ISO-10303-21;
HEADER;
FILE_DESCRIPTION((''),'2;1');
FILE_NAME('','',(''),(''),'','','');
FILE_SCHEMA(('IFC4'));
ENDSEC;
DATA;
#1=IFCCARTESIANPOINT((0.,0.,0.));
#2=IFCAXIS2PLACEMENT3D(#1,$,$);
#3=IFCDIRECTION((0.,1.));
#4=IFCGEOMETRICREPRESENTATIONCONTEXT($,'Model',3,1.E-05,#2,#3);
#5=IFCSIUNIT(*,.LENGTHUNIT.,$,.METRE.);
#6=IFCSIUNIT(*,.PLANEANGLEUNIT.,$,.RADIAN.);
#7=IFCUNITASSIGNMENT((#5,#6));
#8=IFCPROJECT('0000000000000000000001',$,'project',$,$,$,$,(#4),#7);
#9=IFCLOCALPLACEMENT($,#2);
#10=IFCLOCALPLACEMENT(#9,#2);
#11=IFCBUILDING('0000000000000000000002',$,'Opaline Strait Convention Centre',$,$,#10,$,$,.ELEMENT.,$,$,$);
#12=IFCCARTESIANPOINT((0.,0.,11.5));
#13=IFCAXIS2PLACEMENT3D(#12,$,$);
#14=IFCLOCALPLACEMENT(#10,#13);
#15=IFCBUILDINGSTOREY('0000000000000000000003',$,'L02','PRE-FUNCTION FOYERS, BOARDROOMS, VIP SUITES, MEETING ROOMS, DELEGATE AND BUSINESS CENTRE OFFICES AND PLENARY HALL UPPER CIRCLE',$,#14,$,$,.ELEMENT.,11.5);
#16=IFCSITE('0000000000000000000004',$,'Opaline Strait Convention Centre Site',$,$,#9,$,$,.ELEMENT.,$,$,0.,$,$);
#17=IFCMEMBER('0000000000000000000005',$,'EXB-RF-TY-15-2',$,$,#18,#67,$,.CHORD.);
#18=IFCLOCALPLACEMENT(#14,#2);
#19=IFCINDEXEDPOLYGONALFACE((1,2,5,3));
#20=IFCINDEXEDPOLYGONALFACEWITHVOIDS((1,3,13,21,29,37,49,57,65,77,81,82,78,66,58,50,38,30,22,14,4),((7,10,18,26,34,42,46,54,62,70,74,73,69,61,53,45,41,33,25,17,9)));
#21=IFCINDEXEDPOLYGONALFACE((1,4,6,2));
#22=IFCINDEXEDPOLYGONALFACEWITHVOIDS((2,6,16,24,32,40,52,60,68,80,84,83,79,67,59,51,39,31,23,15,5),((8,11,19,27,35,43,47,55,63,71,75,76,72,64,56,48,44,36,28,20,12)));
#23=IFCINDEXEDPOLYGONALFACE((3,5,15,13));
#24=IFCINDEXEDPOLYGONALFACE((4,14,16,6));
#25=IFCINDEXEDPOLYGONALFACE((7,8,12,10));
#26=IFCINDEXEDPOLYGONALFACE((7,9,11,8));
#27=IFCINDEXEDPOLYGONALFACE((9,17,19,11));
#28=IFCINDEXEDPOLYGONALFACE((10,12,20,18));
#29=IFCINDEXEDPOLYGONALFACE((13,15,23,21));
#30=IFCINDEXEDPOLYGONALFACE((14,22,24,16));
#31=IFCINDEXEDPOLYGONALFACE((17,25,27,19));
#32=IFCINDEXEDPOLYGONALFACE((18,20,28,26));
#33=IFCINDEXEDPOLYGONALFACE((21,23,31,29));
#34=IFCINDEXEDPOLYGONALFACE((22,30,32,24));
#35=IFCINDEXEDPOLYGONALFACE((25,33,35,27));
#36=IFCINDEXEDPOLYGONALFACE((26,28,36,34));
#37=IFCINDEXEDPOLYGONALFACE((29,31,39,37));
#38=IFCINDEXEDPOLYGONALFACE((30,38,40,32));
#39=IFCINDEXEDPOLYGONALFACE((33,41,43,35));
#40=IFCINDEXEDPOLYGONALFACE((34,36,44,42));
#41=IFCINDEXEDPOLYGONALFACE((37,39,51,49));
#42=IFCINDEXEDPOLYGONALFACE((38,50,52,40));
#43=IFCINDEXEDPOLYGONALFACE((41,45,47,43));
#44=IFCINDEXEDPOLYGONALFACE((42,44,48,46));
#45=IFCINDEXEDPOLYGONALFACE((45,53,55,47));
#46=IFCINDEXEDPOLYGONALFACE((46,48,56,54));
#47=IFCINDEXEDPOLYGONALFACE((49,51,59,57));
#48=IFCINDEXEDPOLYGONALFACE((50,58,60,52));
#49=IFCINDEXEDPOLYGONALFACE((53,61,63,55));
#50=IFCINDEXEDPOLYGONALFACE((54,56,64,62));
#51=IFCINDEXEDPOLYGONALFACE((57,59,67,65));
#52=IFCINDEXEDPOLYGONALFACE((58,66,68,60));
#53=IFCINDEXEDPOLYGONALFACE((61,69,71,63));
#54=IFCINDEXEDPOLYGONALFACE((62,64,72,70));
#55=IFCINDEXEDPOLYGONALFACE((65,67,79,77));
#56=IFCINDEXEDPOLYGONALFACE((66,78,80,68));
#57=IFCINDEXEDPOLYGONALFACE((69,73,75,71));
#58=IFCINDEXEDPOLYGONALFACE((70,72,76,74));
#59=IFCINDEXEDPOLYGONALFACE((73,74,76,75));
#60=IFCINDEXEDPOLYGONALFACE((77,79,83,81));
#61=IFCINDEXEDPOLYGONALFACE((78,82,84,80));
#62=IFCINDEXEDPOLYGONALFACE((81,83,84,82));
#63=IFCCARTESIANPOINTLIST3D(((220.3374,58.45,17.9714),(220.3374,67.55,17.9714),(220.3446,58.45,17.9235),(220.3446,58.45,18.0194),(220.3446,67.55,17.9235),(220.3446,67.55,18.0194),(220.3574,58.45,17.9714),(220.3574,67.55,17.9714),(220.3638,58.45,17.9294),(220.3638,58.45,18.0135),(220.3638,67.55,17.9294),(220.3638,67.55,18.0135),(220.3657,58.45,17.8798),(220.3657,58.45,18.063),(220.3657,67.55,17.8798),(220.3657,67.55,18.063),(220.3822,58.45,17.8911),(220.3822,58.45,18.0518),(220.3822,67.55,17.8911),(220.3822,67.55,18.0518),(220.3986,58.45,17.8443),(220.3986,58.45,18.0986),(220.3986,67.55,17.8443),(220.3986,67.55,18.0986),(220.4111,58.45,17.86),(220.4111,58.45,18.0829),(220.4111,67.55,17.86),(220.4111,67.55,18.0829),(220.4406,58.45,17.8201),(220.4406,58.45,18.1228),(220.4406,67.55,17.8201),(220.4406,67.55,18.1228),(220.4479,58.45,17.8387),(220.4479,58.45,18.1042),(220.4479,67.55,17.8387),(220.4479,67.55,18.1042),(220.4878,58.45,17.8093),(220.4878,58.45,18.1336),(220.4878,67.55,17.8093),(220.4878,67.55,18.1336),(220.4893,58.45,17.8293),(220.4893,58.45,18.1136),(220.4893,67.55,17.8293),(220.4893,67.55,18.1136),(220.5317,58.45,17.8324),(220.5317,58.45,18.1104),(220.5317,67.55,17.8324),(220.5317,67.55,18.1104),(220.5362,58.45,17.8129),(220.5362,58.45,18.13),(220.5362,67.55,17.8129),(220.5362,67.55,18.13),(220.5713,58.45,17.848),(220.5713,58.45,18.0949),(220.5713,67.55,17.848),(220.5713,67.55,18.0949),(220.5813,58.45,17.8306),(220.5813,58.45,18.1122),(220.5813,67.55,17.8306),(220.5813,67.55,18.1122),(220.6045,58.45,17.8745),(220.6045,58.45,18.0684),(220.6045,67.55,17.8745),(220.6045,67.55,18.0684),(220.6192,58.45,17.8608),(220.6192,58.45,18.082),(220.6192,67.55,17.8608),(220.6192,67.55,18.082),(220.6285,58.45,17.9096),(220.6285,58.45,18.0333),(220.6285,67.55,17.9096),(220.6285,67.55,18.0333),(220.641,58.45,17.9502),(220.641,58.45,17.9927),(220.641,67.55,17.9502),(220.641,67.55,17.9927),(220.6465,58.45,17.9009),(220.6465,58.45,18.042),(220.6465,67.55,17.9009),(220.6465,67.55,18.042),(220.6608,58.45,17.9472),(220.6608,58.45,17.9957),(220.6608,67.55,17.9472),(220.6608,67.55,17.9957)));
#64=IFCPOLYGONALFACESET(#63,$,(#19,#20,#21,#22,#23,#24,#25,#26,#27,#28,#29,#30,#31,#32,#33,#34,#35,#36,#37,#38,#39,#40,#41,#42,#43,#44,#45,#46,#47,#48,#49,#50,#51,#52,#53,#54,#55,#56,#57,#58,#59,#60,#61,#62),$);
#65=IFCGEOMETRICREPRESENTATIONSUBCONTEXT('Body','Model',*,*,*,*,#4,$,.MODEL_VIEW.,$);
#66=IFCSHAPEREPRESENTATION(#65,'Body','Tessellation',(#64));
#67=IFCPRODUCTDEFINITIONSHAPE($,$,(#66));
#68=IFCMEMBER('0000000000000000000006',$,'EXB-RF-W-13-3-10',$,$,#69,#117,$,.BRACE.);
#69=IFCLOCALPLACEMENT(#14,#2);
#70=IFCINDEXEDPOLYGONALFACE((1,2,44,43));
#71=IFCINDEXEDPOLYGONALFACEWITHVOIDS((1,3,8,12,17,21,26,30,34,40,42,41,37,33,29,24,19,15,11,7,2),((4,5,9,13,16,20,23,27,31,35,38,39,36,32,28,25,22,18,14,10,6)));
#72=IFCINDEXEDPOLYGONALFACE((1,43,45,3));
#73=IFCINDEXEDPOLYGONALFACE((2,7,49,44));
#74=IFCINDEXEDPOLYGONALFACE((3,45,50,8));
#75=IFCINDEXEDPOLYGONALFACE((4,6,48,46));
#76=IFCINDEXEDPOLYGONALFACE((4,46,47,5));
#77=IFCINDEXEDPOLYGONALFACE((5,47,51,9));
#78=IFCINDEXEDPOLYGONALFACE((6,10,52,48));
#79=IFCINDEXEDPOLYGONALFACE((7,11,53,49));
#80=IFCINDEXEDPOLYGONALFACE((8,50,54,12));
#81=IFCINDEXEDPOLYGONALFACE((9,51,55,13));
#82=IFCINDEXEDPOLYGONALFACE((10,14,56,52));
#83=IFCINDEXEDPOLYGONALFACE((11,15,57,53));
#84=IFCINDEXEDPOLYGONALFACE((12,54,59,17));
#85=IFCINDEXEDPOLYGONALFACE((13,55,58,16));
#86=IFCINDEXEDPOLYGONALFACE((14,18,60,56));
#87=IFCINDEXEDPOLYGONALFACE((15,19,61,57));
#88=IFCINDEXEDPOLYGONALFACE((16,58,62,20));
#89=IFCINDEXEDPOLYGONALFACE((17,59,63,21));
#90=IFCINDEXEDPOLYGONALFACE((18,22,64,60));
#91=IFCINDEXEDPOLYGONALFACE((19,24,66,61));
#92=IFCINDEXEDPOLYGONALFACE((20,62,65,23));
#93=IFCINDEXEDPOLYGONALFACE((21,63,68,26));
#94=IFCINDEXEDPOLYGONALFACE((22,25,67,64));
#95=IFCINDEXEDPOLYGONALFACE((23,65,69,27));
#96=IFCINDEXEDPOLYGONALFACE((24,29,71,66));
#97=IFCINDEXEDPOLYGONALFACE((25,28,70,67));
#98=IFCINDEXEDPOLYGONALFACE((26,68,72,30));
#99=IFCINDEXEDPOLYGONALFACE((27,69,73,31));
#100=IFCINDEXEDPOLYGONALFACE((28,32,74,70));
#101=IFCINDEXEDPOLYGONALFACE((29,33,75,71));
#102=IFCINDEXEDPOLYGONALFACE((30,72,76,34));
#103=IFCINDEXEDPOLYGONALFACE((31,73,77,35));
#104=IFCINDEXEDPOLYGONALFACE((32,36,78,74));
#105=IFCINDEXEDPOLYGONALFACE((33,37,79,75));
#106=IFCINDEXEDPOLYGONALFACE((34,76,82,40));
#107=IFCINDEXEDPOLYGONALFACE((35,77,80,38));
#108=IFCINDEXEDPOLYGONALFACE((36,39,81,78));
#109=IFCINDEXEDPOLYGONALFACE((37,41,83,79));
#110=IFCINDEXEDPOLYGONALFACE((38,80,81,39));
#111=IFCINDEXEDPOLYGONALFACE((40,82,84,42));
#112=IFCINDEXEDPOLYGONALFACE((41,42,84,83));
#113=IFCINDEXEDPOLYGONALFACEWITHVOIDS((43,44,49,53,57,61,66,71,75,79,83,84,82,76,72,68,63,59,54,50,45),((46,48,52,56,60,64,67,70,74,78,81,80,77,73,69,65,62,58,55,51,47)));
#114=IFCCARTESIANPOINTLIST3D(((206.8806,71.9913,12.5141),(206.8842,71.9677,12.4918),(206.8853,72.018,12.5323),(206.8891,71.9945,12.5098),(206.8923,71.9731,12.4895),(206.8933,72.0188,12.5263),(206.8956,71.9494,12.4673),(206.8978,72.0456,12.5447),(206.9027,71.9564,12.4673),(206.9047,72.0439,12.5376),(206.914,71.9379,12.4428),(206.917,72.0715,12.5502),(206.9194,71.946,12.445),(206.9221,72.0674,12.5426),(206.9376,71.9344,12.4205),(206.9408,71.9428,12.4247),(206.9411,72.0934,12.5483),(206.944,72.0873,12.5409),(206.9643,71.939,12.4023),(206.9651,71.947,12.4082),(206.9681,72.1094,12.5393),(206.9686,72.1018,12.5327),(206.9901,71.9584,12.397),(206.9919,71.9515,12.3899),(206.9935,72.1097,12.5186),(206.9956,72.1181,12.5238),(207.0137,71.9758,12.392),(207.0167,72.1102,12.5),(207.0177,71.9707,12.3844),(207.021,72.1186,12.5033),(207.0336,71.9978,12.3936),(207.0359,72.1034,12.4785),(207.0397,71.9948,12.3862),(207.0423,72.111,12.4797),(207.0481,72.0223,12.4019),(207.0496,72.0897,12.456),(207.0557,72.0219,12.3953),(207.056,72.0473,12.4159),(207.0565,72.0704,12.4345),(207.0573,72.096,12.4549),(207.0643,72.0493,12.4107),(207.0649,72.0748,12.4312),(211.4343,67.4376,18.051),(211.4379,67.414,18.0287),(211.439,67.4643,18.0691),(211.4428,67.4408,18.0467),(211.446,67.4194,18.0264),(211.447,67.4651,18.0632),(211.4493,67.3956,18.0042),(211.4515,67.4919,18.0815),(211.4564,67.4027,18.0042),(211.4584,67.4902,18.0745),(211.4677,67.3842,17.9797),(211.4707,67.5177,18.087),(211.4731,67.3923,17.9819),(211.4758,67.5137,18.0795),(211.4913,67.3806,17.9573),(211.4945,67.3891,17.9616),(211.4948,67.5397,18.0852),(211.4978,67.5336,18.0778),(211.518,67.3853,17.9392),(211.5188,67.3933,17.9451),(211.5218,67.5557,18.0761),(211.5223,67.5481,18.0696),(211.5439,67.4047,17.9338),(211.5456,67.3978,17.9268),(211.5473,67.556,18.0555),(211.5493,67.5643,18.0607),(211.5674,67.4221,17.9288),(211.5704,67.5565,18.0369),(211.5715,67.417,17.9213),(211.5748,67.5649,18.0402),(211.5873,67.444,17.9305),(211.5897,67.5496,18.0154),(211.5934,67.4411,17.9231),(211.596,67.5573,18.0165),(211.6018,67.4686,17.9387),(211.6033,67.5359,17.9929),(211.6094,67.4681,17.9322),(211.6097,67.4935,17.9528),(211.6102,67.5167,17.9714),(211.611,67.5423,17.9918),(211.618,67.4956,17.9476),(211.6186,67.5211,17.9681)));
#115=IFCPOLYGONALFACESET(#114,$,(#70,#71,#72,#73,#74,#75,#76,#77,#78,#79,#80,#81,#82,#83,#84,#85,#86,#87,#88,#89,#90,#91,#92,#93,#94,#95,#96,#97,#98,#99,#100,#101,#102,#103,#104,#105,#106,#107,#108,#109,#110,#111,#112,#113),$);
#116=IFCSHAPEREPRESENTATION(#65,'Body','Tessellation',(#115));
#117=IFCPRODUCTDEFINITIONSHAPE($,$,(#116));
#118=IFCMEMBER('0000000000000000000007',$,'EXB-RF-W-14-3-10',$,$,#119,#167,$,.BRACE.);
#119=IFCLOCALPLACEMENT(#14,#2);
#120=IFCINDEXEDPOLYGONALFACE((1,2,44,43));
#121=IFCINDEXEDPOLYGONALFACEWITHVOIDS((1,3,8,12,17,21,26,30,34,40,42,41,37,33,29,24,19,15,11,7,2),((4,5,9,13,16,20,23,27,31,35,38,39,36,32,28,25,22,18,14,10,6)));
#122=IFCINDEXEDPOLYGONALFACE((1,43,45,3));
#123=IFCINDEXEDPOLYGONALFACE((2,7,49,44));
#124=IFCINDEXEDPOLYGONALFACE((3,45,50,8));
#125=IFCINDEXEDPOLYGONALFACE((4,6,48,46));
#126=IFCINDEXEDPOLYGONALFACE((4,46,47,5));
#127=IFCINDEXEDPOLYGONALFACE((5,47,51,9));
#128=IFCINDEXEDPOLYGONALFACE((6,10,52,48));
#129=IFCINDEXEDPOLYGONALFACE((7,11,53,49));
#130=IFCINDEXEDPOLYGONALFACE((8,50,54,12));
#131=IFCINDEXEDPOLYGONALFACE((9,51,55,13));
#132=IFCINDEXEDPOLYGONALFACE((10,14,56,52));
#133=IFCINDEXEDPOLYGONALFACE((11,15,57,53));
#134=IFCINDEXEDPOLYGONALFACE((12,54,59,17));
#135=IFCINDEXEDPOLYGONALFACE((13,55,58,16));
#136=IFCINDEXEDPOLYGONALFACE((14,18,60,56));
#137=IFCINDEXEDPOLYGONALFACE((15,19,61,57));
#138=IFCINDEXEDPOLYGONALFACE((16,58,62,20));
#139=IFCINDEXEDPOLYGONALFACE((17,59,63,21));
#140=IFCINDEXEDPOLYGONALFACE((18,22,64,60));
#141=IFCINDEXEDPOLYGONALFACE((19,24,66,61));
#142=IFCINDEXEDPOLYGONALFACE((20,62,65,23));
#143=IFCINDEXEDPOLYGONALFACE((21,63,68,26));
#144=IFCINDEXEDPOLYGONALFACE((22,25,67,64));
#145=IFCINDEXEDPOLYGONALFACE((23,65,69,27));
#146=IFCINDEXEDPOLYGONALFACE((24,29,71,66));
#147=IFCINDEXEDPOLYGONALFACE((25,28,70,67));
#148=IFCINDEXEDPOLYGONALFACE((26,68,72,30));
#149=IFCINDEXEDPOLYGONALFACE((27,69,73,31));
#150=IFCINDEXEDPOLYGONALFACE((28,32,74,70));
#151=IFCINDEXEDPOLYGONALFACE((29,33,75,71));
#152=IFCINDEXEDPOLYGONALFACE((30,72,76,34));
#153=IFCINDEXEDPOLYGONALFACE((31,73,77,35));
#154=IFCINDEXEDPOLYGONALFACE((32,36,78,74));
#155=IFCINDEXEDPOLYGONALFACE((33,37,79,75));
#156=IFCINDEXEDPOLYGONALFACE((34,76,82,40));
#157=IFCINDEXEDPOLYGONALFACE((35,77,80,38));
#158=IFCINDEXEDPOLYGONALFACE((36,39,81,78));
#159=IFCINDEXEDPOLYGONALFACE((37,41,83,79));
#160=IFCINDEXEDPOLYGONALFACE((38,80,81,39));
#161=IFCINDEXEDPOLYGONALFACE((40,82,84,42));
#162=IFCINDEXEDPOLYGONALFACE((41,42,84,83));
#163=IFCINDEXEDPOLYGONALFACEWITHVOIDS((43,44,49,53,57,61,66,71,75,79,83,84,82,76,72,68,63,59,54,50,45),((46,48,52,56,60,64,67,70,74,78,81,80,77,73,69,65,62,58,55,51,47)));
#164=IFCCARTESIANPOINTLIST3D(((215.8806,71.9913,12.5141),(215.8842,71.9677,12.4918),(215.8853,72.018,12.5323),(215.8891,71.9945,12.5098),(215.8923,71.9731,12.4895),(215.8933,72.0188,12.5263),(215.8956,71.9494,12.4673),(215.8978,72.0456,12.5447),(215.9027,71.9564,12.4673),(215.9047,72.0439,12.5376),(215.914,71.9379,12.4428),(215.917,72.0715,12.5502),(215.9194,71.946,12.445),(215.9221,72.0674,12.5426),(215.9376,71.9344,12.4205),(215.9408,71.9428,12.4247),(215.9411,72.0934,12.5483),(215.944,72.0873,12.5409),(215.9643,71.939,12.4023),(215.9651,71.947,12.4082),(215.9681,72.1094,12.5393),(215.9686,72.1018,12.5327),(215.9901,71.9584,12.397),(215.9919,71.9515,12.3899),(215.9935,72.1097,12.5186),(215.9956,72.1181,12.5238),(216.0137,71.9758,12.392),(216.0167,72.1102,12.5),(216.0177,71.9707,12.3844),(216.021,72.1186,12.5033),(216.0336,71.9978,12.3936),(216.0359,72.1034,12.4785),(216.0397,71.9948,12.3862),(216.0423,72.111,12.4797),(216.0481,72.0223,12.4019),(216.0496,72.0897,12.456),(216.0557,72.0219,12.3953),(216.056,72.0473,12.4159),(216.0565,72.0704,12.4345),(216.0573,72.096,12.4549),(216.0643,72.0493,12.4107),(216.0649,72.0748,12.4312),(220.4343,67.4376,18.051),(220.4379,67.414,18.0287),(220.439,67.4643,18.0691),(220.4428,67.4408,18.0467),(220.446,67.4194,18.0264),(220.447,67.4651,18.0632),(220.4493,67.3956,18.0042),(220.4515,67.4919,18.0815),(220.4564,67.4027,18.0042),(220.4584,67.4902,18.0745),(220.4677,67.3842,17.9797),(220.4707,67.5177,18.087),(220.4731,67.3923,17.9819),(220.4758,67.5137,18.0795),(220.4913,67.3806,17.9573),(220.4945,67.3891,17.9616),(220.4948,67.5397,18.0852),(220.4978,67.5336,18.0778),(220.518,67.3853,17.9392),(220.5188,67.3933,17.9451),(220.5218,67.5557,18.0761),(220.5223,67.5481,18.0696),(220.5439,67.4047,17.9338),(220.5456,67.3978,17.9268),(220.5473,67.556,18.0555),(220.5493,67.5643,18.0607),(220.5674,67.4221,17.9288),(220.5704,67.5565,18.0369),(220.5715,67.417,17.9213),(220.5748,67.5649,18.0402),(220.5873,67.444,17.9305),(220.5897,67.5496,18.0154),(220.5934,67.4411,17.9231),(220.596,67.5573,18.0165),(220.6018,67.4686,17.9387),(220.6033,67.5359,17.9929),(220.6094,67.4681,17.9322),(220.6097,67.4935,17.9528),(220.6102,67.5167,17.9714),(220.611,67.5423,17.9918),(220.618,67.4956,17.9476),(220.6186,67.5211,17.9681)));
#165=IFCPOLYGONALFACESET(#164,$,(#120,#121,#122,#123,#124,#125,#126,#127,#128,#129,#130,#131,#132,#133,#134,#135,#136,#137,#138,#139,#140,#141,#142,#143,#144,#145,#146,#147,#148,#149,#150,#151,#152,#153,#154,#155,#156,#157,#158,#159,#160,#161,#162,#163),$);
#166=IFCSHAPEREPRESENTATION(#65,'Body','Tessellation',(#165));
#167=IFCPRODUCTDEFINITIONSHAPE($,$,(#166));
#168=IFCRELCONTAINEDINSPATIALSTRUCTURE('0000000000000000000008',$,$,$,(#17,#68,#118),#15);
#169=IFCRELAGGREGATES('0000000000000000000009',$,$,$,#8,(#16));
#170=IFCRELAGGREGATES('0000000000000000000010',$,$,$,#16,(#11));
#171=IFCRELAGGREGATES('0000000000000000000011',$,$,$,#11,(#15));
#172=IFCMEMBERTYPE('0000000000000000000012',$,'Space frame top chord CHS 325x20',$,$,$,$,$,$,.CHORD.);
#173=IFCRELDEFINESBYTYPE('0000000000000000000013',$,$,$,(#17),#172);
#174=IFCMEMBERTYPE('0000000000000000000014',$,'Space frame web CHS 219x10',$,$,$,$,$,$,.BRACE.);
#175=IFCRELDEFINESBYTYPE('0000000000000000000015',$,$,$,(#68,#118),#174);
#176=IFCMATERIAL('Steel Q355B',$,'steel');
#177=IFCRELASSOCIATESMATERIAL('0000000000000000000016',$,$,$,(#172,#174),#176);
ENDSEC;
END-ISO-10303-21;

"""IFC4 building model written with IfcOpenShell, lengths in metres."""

from ifc_helpers import new_model, si_unit, direction, frame, origin, origin_2d, place, context, subcontext, project, spatial, hollow_circle, extrude, material, material_profile, profile_set, type_object, element, save


model = new_model("IFC4")

# Units and contexts
model_context = context("Model", 3, precision=1e-05, world=origin(), true_north=direction((0.0, 1.0)))
body_context = subcontext(model_context, "Body", "Model", "MODEL_VIEW")
ifc_project = project(units=[si_unit("LENGTHUNIT", "METRE"), si_unit("PLANEANGLEUNIT", "RADIAN")], contexts=[model_context])

# Site, building, storey
site_placement = place(None, origin())
site = spatial("IfcSite", under=ifc_project, at=site_placement, Name="Opaline Strait Convention Centre Site", CompositionType="ELEMENT", RefElevation=0.0)
building_placement = place(site_placement, origin())
building = spatial("IfcBuilding", under=site, at=building_placement, Name="Opaline Strait Convention Centre", CompositionType="ELEMENT")
storey_placement = place(building_placement, frame((0.0, 0.0, 11.5)))
storey = spatial("IfcBuildingStorey", under=building, at=storey_placement, Name="L02", Description="PRE-FUNCTION FOYERS, BOARDROOMS, VIP SUITES, MEETING ROOMS, DELEGATE AND BUSINESS CENTRE OFFICES AND PLENARY HALL UPPER CIRCLE", CompositionType="ELEMENT", Elevation=11.5)

# Members
ifc_material = material(Name="Steel Q355B", Category="steel")
ifc_material_profile_1 = material_profile(ifc_material, hollow_circle(Radius=0.1626, WallThickness=0.02, at=origin_2d()), Name="CHS 325x20")
ifc_profile_set_1 = profile_set([ifc_material_profile_1], Name="Steel Q355B")
member_type_1 = type_object("IfcMemberType", Name="Space frame top chord CHS 325x20", PredefinedType="CHORD", material=ifc_profile_set_1)
for number, where, z_axis, x_axis, name in (
    (1, (220.5, 58.45, 17.9714), (0.0, 1.0, 0.0), (-1.0, 0.0, 0.0), "EXB-RF-TY-15-2"),
):
    element("IfcMember", number, at=place(storey_placement, frame(where, z_axis=z_axis, x_axis=x_axis)), inside=storey, type_object=member_type_1, Name=name, PredefinedType="CHORD", context=body_context, shape_type="SweptSolid", body=[
        extrude(hollow_circle(Radius=0.1626, WallThickness=0.02, at=origin_2d()), origin(), (0.0, 0.0, 1.0), 9.1001),
    ])
ifc_material_profile_2 = material_profile(ifc_material, hollow_circle(Radius=0.1096, WallThickness=0.01, at=origin_2d()), Name="CHS 219x10")
ifc_profile_set_2 = profile_set([ifc_material_profile_2], Name="Steel Q355B")
member_type_2 = type_object("IfcMemberType", Name="Space frame web CHS 219x10", PredefinedType="BRACE", material=ifc_profile_set_2)
for number, where, z_axis, x_axis, name in (
    (2, (211.5269, 67.4731, 18.0042), (-0.536178, 0.536178, -0.65194), (-0.707107, -0.707107, 0.0), "EXB-RF-W-13-3-10"),
    (3, (220.5269, 67.4731, 18.0042), (-0.536178, 0.536178, -0.65194), (-0.707107, -0.707107, 0.0), "EXB-RF-W-14-3-10"),
):
    element("IfcMember", number, at=place(storey_placement, frame(where, z_axis=z_axis, x_axis=x_axis)), inside=storey, type_object=member_type_2, Name=name, PredefinedType="BRACE", context=body_context, shape_type="SweptSolid", body=[
        extrude(hollow_circle(Radius=0.1096, WallThickness=0.01, at=origin_2d()), origin(), (0.0, 0.0, 1.0), 8.4929),
    ])

save(model, "model.ifc")
